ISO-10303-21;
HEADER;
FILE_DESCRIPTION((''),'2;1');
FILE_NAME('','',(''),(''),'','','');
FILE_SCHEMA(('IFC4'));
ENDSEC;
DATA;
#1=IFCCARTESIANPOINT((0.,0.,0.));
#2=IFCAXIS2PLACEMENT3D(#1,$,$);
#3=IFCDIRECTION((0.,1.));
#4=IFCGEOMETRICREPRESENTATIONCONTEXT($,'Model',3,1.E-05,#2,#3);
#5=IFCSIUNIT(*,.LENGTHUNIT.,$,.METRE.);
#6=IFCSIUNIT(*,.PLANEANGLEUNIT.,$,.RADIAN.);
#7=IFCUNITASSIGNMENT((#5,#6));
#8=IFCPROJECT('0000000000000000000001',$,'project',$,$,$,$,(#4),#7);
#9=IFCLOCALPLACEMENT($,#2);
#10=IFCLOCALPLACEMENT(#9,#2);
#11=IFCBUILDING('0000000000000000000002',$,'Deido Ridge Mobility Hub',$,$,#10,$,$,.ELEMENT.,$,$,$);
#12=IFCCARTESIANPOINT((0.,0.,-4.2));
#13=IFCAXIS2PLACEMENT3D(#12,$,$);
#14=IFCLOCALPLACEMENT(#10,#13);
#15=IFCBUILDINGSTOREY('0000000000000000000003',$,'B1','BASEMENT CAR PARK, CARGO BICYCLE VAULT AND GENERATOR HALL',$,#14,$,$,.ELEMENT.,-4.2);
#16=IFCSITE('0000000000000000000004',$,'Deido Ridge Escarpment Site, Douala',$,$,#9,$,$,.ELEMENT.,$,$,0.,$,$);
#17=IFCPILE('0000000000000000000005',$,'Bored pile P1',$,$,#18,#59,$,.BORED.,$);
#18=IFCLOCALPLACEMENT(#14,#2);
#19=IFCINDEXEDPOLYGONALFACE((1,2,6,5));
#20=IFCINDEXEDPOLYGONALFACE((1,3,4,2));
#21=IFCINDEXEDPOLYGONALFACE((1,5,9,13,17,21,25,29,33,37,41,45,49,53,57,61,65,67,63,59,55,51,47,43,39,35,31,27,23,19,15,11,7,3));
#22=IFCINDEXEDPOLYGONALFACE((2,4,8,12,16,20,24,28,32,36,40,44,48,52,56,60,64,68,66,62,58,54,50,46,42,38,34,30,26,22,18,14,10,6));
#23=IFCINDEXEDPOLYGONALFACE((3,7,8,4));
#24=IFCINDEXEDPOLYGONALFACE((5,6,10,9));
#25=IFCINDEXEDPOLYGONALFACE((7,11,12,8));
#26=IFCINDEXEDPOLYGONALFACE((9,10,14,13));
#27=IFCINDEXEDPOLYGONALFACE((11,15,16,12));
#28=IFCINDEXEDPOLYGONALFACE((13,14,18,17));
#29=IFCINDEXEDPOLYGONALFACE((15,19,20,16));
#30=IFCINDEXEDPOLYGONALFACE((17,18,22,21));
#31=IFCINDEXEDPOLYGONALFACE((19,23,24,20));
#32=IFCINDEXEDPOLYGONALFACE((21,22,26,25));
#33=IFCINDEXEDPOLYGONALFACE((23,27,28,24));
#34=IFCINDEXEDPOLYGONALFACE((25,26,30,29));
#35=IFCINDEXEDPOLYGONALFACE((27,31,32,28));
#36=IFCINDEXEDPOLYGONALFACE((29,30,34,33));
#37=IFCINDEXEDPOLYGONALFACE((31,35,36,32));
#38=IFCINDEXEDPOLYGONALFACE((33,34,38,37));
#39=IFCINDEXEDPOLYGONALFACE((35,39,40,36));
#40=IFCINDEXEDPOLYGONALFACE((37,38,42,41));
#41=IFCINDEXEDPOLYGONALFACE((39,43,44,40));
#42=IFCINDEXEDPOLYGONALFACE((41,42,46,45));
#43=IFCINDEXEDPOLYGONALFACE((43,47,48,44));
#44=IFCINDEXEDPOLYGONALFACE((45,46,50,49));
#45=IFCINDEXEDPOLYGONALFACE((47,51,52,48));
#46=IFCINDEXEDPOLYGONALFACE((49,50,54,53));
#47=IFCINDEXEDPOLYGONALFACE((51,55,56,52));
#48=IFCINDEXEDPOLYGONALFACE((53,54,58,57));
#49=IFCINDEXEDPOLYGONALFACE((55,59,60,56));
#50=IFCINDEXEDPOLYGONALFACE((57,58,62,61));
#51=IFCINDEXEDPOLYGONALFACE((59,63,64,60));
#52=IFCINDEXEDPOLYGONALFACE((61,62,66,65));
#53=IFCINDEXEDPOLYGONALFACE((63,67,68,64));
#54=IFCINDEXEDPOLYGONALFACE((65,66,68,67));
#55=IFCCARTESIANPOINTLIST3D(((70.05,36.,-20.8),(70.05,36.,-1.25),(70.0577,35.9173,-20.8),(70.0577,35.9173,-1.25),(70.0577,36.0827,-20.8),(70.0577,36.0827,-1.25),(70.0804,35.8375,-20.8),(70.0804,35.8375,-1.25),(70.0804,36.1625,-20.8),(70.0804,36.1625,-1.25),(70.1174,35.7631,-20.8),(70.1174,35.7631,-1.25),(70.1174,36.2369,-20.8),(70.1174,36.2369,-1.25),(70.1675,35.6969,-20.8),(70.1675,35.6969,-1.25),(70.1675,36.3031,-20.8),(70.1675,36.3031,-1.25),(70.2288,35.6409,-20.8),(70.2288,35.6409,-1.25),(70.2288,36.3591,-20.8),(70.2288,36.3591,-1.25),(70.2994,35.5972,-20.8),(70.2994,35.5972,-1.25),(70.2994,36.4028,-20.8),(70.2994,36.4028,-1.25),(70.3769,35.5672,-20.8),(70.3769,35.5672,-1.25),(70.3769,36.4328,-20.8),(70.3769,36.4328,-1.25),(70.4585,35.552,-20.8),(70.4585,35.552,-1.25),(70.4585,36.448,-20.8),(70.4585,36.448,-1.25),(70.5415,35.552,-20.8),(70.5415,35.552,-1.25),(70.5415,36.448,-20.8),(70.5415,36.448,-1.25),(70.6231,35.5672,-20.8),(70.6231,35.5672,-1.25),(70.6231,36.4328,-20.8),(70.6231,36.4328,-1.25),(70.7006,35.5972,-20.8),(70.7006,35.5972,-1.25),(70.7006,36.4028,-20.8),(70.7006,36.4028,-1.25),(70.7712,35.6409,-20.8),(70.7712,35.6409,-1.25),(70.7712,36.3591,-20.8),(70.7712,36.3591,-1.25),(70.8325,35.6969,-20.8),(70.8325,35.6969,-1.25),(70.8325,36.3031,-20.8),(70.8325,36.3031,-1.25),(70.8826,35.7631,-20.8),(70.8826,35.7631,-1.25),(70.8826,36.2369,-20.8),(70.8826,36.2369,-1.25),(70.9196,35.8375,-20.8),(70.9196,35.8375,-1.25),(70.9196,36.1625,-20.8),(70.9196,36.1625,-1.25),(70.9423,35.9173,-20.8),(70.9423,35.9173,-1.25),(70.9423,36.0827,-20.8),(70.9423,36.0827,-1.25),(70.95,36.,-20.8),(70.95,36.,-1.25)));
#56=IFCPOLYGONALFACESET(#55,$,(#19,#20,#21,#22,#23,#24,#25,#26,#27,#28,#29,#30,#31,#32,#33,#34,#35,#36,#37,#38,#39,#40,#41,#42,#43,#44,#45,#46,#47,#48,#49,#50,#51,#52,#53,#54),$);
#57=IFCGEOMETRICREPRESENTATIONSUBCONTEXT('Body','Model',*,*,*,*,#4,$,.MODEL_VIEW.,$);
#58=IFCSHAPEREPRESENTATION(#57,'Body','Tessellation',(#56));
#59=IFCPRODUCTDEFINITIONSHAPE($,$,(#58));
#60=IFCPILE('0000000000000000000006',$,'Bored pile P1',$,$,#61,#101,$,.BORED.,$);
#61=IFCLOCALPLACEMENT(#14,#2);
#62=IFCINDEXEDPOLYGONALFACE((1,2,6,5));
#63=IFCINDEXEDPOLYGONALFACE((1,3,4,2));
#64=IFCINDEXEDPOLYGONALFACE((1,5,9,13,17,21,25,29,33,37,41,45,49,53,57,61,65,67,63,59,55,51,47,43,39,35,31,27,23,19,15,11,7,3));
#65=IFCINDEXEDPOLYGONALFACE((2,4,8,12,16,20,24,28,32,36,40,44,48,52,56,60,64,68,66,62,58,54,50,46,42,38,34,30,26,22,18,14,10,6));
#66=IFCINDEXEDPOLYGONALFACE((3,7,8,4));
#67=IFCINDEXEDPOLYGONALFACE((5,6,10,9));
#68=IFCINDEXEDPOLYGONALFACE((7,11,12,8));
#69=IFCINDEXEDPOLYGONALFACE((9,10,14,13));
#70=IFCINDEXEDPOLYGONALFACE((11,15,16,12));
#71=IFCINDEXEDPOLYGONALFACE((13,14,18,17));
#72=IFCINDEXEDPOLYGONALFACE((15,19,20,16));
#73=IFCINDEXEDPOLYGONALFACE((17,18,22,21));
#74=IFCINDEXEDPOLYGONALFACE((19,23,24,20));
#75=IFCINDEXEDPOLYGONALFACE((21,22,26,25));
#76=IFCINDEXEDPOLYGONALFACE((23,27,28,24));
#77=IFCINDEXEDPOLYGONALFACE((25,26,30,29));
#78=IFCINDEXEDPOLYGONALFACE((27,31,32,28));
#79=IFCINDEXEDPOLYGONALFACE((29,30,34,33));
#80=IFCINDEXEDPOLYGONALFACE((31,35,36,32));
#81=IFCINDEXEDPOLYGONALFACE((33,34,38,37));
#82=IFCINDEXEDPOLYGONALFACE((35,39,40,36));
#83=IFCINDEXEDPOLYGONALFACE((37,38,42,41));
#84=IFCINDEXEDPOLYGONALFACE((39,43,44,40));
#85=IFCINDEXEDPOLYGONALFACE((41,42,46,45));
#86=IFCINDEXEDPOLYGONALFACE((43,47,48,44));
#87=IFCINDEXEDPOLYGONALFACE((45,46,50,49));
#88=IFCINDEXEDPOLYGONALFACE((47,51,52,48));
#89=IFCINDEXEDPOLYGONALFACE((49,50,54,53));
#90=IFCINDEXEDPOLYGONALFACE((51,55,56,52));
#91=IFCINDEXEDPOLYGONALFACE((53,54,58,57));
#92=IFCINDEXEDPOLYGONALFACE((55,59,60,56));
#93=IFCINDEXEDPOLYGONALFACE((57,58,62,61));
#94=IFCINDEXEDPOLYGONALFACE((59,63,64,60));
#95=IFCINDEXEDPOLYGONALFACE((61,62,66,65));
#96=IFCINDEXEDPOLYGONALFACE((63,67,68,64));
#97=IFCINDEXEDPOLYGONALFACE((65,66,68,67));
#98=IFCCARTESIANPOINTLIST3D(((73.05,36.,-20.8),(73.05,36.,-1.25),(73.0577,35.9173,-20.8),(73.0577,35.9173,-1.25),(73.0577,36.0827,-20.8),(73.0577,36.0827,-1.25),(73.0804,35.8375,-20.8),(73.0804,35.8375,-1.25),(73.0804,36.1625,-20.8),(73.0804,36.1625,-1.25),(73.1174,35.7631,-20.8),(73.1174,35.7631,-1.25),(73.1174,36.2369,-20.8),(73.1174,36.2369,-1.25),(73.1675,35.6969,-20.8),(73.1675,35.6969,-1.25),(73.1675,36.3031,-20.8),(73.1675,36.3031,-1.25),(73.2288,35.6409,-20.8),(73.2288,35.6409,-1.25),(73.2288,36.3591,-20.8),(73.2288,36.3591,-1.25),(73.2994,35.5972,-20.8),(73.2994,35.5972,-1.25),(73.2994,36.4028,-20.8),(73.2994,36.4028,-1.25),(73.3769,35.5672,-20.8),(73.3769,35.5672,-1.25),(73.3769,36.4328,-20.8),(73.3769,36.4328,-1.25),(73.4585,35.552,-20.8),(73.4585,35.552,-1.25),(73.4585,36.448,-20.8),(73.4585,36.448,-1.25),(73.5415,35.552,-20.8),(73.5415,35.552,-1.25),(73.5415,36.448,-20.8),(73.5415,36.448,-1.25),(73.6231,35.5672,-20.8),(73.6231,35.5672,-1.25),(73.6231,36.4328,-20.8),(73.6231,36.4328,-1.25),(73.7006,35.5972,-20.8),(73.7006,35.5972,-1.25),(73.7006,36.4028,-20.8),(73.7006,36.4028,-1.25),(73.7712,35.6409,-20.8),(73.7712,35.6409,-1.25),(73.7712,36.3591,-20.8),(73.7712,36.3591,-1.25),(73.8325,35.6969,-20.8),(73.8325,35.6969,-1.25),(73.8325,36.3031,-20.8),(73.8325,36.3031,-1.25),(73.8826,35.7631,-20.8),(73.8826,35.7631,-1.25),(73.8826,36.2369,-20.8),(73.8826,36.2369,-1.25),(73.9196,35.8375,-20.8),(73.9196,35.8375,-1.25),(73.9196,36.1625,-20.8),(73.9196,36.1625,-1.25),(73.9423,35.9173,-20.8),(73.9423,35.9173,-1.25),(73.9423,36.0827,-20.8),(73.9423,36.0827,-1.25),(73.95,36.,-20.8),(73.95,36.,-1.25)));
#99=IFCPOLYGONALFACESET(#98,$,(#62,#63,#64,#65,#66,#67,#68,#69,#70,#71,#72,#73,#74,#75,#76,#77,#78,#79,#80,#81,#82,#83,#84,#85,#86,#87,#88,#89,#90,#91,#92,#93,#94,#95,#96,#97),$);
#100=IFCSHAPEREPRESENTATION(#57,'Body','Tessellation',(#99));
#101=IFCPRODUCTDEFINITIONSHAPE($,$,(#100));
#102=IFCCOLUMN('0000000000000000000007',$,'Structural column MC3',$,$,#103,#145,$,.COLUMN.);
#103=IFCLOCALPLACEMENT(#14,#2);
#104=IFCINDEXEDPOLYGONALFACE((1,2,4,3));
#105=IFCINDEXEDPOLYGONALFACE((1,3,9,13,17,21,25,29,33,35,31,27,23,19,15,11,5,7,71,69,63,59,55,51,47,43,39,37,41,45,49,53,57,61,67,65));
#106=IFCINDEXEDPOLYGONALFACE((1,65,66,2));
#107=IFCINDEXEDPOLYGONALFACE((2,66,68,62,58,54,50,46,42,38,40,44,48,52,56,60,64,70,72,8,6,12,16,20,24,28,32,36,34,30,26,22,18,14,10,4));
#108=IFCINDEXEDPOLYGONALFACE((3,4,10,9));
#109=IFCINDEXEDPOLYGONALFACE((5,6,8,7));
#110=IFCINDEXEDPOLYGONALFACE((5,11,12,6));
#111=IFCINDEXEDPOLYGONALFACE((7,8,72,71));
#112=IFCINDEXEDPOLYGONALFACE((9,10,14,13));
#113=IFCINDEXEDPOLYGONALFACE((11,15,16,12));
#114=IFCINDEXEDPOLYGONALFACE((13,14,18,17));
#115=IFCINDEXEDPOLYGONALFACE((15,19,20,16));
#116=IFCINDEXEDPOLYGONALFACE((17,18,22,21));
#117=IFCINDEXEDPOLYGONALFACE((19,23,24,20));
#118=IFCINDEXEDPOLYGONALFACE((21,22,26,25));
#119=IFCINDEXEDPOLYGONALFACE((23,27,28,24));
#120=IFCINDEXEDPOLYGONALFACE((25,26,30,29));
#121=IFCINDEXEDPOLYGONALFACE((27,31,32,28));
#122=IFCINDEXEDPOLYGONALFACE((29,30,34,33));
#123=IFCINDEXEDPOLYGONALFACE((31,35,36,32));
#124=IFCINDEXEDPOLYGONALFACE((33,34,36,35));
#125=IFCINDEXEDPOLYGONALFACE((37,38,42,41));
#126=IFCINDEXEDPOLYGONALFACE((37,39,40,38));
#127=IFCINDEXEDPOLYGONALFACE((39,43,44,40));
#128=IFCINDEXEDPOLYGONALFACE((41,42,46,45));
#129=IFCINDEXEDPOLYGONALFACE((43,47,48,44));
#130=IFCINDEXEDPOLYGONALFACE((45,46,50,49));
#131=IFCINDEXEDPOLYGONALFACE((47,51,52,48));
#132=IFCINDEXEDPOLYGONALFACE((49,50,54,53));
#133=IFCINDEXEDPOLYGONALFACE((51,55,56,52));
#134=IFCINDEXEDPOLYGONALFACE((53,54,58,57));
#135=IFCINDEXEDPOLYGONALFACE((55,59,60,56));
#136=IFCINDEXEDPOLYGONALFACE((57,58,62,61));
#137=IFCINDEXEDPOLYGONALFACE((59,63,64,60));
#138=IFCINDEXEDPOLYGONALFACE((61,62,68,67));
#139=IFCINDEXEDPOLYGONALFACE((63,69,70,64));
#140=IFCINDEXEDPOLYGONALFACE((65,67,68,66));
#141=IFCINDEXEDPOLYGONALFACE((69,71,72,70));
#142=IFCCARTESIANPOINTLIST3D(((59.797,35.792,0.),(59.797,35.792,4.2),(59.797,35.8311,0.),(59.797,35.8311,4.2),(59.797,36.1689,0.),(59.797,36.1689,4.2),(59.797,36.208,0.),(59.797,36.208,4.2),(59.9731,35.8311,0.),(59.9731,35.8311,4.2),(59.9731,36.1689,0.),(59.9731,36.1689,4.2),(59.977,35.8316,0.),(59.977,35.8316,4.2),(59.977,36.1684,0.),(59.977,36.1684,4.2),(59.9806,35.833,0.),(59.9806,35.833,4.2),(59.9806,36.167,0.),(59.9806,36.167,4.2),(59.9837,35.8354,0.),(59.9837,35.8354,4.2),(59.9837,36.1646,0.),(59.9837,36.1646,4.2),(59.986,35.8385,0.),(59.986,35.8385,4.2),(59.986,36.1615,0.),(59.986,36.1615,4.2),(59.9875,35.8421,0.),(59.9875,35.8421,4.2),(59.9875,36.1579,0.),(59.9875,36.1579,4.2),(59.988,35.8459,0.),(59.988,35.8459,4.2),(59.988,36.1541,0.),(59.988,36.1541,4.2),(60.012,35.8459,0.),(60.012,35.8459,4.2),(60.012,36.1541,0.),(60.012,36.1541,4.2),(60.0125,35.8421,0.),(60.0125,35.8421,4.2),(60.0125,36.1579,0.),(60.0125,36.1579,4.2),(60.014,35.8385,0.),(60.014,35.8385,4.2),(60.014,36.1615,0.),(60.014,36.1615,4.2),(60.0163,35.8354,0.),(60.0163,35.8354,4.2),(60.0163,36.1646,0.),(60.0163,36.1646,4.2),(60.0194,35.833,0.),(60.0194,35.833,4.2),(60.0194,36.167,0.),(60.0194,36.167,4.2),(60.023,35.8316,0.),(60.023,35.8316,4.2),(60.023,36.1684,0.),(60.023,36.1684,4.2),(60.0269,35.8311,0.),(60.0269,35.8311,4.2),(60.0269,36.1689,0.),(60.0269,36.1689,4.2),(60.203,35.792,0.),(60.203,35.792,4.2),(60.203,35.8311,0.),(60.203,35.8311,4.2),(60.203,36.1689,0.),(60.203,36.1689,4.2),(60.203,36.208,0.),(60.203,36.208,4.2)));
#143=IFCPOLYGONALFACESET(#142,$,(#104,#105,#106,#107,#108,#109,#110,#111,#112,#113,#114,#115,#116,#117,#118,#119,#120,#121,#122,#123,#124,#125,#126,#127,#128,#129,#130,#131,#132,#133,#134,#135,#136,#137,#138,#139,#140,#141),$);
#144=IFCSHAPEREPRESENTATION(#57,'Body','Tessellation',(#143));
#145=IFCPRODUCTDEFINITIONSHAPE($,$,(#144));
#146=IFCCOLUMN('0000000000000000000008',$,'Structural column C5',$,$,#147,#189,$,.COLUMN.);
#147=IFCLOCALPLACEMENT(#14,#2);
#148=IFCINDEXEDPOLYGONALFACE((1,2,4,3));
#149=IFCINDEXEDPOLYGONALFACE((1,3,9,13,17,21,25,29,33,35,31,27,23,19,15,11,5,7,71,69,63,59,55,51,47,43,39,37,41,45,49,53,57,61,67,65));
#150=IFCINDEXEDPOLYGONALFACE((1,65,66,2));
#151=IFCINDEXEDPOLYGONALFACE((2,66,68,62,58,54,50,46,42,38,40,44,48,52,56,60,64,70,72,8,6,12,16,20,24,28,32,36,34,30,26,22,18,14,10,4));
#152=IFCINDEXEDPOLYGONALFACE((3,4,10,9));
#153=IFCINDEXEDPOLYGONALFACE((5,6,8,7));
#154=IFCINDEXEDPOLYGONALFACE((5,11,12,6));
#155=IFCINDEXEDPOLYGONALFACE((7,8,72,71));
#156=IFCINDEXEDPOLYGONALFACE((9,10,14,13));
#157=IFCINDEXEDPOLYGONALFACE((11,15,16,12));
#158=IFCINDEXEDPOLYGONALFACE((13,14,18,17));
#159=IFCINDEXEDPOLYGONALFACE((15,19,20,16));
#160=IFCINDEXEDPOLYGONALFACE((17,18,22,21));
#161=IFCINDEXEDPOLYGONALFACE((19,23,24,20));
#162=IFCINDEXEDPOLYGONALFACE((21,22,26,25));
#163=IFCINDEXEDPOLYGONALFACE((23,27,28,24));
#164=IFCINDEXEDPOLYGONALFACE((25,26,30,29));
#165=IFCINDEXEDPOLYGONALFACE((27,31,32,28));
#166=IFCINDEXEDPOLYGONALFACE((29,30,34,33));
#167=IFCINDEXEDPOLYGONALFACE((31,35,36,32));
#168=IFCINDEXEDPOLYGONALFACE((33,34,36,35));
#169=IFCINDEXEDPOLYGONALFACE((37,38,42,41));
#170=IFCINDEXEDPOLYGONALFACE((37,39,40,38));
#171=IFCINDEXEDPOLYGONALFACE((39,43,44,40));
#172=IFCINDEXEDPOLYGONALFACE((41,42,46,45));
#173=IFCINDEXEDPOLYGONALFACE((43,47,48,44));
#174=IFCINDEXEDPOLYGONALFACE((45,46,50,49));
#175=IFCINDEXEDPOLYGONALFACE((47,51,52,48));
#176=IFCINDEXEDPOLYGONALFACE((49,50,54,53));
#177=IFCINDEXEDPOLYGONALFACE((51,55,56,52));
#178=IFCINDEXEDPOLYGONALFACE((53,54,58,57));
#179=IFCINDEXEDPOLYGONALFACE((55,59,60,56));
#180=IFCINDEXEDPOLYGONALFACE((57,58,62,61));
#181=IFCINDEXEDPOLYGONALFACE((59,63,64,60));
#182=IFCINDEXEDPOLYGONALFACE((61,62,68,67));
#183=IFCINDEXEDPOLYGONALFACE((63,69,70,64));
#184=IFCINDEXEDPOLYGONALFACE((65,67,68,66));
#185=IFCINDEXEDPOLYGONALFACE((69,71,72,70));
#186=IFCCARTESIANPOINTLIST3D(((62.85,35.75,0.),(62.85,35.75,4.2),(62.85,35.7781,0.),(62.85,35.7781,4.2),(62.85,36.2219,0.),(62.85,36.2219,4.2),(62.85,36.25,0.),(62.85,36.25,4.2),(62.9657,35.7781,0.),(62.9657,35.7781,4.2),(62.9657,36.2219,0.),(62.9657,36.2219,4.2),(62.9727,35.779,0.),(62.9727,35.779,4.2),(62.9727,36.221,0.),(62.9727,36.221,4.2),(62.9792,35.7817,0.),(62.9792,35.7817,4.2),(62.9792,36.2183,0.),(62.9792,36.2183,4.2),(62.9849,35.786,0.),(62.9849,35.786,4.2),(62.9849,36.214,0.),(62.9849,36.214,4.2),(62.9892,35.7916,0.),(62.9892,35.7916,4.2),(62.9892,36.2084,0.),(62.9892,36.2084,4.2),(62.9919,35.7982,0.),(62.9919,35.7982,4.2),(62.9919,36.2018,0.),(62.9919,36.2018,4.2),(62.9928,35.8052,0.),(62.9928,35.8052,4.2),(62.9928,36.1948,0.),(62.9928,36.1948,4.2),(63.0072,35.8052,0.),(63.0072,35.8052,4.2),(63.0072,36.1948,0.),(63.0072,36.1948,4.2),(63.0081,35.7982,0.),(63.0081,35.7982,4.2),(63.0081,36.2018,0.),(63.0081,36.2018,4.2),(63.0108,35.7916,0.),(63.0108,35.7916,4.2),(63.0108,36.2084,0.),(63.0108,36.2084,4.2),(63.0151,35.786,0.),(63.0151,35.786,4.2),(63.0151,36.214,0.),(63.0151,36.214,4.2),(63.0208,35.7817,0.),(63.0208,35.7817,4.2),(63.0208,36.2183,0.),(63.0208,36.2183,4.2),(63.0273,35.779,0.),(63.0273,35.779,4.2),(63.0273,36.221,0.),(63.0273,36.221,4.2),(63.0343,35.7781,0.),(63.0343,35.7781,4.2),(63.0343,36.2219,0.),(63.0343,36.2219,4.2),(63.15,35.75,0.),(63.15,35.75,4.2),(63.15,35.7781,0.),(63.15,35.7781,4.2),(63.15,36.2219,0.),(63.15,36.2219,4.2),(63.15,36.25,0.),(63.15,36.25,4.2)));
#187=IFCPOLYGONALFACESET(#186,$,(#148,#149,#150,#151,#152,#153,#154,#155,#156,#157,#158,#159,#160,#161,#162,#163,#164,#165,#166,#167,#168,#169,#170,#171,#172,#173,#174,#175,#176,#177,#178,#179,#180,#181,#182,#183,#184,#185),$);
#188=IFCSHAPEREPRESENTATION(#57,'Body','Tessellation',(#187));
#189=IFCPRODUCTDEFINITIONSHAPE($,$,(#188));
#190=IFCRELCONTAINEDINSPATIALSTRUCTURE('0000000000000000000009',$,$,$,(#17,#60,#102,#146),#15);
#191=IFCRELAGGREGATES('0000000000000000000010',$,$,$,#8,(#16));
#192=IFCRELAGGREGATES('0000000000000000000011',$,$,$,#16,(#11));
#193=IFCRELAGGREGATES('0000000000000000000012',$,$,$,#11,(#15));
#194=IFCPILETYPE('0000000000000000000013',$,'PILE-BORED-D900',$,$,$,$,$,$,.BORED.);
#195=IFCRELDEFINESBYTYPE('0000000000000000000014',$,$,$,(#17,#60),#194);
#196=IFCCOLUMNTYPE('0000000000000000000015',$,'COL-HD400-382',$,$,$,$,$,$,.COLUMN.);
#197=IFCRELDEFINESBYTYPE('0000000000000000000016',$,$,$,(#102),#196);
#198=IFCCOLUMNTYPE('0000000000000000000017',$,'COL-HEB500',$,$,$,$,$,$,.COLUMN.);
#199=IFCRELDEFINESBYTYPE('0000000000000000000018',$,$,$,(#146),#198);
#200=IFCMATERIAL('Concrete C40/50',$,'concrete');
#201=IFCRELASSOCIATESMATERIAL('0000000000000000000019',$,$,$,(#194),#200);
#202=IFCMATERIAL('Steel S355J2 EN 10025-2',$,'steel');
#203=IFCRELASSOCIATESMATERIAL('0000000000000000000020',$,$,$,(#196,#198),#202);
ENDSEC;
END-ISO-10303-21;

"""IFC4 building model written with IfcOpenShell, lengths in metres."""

from ifc_helpers import new_model, si_unit, direction, frame, origin, origin_2d, place, context, subcontext, project, spatial, circle, i_section, extrude, material, material_profile, profile_set, type_object, element, save


model = new_model("IFC4")

# Units and contexts
model_context = context("Model", 3, precision=1e-05, world=origin(), true_north=direction((0.0, 1.0)))
body_context = subcontext(model_context, "Body", "Model", "MODEL_VIEW")
ifc_project = project(units=[si_unit("LENGTHUNIT", "METRE"), si_unit("PLANEANGLEUNIT", "RADIAN")], contexts=[model_context])

# Site, building, storey
site_placement = place(None, origin())
site = spatial("IfcSite", under=ifc_project, at=site_placement, Name="Deido Ridge Escarpment Site, Douala", CompositionType="ELEMENT", RefElevation=0.0)
building_placement = place(site_placement, origin())
building = spatial("IfcBuilding", under=site, at=building_placement, Name="Deido Ridge Mobility Hub", CompositionType="ELEMENT")
storey_placement = place(building_placement, frame((0.0, 0.0, -4.2)))
storey = spatial("IfcBuildingStorey", under=building, at=storey_placement, Name="B1", Description="BASEMENT CAR PARK, CARGO BICYCLE VAULT AND GENERATOR HALL", CompositionType="ELEMENT", Elevation=-4.2)

# Shared definitions
ifc_material_1 = material(Name="Concrete C40/50", Category="concrete")

# Piles
ifc_material_profile_1 = material_profile(ifc_material_1, circle(Radius=0.45, at=origin_2d()), Name="BORED PILE D900")
ifc_profile_set_1 = profile_set([ifc_material_profile_1], Name="Concrete C40/50")
pile_type_1 = type_object("IfcPileType", Name="PILE-BORED-D900", PredefinedType="BORED", material=ifc_profile_set_1)
for number, where, z_axis, x_axis, name in (
    (1, (70.5, 36.0, -1.25), (0.0, 0.0, -1.0), (1.0, 0.0, 0.0), "Bored pile P1"),
    (2, (73.5, 36.0, -1.25), (0.0, 0.0, -1.0), (1.0, 0.0, 0.0), "Bored pile P1"),
):
    element("IfcPile", number, at=place(storey_placement, frame(where, z_axis=z_axis, x_axis=x_axis)), inside=storey, type_object=pile_type_1, Name=name, PredefinedType="BORED", context=body_context, shape_type="SweptSolid", body=[
        extrude(circle(Radius=0.45, at=origin_2d()), origin(), (0.0, 0.0, 1.0), 19.55),
    ])

# Columns
ifc_material_2 = material(Name="Steel S355J2 EN 10025-2", Category="steel")
ifc_material_profile_2 = material_profile(ifc_material_2, i_section(OverallWidth=0.406, OverallDepth=0.416, WebThickness=0.0239, FlangeThickness=0.0391, FilletRadius=0.0149, at=origin_2d()), Name="HD 400x382")
ifc_profile_set_2 = profile_set([ifc_material_profile_2], Name="Steel S355J2 EN 10025-2")
column_type_1 = type_object("IfcColumnType", Name="COL-HD400-382", PredefinedType="COLUMN", material=ifc_profile_set_2)
column_placement = place(storey_placement, frame((60.0, 36.0, 0.0), z_axis=(0.0, 0.0, 1.0), x_axis=(1.0, 0.0, 0.0)))
element("IfcColumn", 3, at=column_placement, inside=storey, type_object=column_type_1, Name="Structural column MC3", PredefinedType="COLUMN", context=body_context, shape_type="SweptSolid", body=[
    extrude(i_section(OverallWidth=0.406, OverallDepth=0.416, WebThickness=0.0239, FlangeThickness=0.0391, FilletRadius=0.0149, at=origin_2d()), origin(), (0.0, 0.0, 1.0), 4.2),
])
ifc_material_profile_3 = material_profile(ifc_material_2, i_section(OverallWidth=0.3, OverallDepth=0.5, WebThickness=0.0144, FlangeThickness=0.0281, FilletRadius=0.0271, at=origin_2d()), Name="HEB 500")
ifc_profile_set_3 = profile_set([ifc_material_profile_3], Name="Steel S355J2 EN 10025-2")
column_type_2 = type_object("IfcColumnType", Name="COL-HEB500", PredefinedType="COLUMN", material=ifc_profile_set_3)
for number, where, z_axis, x_axis, name in (
    (4, (63.0, 36.0, 0.0), (0.0, 0.0, 1.0), (1.0, 0.0, 0.0), "Structural column C5"),
):
    element("IfcColumn", number, at=place(storey_placement, frame(where, z_axis=z_axis, x_axis=x_axis)), inside=storey, type_object=column_type_2, Name=name, PredefinedType="COLUMN", context=body_context, shape_type="SweptSolid", body=[
        extrude(i_section(OverallWidth=0.3, OverallDepth=0.5, WebThickness=0.0144, FlangeThickness=0.0281, FilletRadius=0.0271, at=origin_2d()), origin(), (0.0, 0.0, 1.0), 4.2),
    ])

save(model, "model.ifc")
